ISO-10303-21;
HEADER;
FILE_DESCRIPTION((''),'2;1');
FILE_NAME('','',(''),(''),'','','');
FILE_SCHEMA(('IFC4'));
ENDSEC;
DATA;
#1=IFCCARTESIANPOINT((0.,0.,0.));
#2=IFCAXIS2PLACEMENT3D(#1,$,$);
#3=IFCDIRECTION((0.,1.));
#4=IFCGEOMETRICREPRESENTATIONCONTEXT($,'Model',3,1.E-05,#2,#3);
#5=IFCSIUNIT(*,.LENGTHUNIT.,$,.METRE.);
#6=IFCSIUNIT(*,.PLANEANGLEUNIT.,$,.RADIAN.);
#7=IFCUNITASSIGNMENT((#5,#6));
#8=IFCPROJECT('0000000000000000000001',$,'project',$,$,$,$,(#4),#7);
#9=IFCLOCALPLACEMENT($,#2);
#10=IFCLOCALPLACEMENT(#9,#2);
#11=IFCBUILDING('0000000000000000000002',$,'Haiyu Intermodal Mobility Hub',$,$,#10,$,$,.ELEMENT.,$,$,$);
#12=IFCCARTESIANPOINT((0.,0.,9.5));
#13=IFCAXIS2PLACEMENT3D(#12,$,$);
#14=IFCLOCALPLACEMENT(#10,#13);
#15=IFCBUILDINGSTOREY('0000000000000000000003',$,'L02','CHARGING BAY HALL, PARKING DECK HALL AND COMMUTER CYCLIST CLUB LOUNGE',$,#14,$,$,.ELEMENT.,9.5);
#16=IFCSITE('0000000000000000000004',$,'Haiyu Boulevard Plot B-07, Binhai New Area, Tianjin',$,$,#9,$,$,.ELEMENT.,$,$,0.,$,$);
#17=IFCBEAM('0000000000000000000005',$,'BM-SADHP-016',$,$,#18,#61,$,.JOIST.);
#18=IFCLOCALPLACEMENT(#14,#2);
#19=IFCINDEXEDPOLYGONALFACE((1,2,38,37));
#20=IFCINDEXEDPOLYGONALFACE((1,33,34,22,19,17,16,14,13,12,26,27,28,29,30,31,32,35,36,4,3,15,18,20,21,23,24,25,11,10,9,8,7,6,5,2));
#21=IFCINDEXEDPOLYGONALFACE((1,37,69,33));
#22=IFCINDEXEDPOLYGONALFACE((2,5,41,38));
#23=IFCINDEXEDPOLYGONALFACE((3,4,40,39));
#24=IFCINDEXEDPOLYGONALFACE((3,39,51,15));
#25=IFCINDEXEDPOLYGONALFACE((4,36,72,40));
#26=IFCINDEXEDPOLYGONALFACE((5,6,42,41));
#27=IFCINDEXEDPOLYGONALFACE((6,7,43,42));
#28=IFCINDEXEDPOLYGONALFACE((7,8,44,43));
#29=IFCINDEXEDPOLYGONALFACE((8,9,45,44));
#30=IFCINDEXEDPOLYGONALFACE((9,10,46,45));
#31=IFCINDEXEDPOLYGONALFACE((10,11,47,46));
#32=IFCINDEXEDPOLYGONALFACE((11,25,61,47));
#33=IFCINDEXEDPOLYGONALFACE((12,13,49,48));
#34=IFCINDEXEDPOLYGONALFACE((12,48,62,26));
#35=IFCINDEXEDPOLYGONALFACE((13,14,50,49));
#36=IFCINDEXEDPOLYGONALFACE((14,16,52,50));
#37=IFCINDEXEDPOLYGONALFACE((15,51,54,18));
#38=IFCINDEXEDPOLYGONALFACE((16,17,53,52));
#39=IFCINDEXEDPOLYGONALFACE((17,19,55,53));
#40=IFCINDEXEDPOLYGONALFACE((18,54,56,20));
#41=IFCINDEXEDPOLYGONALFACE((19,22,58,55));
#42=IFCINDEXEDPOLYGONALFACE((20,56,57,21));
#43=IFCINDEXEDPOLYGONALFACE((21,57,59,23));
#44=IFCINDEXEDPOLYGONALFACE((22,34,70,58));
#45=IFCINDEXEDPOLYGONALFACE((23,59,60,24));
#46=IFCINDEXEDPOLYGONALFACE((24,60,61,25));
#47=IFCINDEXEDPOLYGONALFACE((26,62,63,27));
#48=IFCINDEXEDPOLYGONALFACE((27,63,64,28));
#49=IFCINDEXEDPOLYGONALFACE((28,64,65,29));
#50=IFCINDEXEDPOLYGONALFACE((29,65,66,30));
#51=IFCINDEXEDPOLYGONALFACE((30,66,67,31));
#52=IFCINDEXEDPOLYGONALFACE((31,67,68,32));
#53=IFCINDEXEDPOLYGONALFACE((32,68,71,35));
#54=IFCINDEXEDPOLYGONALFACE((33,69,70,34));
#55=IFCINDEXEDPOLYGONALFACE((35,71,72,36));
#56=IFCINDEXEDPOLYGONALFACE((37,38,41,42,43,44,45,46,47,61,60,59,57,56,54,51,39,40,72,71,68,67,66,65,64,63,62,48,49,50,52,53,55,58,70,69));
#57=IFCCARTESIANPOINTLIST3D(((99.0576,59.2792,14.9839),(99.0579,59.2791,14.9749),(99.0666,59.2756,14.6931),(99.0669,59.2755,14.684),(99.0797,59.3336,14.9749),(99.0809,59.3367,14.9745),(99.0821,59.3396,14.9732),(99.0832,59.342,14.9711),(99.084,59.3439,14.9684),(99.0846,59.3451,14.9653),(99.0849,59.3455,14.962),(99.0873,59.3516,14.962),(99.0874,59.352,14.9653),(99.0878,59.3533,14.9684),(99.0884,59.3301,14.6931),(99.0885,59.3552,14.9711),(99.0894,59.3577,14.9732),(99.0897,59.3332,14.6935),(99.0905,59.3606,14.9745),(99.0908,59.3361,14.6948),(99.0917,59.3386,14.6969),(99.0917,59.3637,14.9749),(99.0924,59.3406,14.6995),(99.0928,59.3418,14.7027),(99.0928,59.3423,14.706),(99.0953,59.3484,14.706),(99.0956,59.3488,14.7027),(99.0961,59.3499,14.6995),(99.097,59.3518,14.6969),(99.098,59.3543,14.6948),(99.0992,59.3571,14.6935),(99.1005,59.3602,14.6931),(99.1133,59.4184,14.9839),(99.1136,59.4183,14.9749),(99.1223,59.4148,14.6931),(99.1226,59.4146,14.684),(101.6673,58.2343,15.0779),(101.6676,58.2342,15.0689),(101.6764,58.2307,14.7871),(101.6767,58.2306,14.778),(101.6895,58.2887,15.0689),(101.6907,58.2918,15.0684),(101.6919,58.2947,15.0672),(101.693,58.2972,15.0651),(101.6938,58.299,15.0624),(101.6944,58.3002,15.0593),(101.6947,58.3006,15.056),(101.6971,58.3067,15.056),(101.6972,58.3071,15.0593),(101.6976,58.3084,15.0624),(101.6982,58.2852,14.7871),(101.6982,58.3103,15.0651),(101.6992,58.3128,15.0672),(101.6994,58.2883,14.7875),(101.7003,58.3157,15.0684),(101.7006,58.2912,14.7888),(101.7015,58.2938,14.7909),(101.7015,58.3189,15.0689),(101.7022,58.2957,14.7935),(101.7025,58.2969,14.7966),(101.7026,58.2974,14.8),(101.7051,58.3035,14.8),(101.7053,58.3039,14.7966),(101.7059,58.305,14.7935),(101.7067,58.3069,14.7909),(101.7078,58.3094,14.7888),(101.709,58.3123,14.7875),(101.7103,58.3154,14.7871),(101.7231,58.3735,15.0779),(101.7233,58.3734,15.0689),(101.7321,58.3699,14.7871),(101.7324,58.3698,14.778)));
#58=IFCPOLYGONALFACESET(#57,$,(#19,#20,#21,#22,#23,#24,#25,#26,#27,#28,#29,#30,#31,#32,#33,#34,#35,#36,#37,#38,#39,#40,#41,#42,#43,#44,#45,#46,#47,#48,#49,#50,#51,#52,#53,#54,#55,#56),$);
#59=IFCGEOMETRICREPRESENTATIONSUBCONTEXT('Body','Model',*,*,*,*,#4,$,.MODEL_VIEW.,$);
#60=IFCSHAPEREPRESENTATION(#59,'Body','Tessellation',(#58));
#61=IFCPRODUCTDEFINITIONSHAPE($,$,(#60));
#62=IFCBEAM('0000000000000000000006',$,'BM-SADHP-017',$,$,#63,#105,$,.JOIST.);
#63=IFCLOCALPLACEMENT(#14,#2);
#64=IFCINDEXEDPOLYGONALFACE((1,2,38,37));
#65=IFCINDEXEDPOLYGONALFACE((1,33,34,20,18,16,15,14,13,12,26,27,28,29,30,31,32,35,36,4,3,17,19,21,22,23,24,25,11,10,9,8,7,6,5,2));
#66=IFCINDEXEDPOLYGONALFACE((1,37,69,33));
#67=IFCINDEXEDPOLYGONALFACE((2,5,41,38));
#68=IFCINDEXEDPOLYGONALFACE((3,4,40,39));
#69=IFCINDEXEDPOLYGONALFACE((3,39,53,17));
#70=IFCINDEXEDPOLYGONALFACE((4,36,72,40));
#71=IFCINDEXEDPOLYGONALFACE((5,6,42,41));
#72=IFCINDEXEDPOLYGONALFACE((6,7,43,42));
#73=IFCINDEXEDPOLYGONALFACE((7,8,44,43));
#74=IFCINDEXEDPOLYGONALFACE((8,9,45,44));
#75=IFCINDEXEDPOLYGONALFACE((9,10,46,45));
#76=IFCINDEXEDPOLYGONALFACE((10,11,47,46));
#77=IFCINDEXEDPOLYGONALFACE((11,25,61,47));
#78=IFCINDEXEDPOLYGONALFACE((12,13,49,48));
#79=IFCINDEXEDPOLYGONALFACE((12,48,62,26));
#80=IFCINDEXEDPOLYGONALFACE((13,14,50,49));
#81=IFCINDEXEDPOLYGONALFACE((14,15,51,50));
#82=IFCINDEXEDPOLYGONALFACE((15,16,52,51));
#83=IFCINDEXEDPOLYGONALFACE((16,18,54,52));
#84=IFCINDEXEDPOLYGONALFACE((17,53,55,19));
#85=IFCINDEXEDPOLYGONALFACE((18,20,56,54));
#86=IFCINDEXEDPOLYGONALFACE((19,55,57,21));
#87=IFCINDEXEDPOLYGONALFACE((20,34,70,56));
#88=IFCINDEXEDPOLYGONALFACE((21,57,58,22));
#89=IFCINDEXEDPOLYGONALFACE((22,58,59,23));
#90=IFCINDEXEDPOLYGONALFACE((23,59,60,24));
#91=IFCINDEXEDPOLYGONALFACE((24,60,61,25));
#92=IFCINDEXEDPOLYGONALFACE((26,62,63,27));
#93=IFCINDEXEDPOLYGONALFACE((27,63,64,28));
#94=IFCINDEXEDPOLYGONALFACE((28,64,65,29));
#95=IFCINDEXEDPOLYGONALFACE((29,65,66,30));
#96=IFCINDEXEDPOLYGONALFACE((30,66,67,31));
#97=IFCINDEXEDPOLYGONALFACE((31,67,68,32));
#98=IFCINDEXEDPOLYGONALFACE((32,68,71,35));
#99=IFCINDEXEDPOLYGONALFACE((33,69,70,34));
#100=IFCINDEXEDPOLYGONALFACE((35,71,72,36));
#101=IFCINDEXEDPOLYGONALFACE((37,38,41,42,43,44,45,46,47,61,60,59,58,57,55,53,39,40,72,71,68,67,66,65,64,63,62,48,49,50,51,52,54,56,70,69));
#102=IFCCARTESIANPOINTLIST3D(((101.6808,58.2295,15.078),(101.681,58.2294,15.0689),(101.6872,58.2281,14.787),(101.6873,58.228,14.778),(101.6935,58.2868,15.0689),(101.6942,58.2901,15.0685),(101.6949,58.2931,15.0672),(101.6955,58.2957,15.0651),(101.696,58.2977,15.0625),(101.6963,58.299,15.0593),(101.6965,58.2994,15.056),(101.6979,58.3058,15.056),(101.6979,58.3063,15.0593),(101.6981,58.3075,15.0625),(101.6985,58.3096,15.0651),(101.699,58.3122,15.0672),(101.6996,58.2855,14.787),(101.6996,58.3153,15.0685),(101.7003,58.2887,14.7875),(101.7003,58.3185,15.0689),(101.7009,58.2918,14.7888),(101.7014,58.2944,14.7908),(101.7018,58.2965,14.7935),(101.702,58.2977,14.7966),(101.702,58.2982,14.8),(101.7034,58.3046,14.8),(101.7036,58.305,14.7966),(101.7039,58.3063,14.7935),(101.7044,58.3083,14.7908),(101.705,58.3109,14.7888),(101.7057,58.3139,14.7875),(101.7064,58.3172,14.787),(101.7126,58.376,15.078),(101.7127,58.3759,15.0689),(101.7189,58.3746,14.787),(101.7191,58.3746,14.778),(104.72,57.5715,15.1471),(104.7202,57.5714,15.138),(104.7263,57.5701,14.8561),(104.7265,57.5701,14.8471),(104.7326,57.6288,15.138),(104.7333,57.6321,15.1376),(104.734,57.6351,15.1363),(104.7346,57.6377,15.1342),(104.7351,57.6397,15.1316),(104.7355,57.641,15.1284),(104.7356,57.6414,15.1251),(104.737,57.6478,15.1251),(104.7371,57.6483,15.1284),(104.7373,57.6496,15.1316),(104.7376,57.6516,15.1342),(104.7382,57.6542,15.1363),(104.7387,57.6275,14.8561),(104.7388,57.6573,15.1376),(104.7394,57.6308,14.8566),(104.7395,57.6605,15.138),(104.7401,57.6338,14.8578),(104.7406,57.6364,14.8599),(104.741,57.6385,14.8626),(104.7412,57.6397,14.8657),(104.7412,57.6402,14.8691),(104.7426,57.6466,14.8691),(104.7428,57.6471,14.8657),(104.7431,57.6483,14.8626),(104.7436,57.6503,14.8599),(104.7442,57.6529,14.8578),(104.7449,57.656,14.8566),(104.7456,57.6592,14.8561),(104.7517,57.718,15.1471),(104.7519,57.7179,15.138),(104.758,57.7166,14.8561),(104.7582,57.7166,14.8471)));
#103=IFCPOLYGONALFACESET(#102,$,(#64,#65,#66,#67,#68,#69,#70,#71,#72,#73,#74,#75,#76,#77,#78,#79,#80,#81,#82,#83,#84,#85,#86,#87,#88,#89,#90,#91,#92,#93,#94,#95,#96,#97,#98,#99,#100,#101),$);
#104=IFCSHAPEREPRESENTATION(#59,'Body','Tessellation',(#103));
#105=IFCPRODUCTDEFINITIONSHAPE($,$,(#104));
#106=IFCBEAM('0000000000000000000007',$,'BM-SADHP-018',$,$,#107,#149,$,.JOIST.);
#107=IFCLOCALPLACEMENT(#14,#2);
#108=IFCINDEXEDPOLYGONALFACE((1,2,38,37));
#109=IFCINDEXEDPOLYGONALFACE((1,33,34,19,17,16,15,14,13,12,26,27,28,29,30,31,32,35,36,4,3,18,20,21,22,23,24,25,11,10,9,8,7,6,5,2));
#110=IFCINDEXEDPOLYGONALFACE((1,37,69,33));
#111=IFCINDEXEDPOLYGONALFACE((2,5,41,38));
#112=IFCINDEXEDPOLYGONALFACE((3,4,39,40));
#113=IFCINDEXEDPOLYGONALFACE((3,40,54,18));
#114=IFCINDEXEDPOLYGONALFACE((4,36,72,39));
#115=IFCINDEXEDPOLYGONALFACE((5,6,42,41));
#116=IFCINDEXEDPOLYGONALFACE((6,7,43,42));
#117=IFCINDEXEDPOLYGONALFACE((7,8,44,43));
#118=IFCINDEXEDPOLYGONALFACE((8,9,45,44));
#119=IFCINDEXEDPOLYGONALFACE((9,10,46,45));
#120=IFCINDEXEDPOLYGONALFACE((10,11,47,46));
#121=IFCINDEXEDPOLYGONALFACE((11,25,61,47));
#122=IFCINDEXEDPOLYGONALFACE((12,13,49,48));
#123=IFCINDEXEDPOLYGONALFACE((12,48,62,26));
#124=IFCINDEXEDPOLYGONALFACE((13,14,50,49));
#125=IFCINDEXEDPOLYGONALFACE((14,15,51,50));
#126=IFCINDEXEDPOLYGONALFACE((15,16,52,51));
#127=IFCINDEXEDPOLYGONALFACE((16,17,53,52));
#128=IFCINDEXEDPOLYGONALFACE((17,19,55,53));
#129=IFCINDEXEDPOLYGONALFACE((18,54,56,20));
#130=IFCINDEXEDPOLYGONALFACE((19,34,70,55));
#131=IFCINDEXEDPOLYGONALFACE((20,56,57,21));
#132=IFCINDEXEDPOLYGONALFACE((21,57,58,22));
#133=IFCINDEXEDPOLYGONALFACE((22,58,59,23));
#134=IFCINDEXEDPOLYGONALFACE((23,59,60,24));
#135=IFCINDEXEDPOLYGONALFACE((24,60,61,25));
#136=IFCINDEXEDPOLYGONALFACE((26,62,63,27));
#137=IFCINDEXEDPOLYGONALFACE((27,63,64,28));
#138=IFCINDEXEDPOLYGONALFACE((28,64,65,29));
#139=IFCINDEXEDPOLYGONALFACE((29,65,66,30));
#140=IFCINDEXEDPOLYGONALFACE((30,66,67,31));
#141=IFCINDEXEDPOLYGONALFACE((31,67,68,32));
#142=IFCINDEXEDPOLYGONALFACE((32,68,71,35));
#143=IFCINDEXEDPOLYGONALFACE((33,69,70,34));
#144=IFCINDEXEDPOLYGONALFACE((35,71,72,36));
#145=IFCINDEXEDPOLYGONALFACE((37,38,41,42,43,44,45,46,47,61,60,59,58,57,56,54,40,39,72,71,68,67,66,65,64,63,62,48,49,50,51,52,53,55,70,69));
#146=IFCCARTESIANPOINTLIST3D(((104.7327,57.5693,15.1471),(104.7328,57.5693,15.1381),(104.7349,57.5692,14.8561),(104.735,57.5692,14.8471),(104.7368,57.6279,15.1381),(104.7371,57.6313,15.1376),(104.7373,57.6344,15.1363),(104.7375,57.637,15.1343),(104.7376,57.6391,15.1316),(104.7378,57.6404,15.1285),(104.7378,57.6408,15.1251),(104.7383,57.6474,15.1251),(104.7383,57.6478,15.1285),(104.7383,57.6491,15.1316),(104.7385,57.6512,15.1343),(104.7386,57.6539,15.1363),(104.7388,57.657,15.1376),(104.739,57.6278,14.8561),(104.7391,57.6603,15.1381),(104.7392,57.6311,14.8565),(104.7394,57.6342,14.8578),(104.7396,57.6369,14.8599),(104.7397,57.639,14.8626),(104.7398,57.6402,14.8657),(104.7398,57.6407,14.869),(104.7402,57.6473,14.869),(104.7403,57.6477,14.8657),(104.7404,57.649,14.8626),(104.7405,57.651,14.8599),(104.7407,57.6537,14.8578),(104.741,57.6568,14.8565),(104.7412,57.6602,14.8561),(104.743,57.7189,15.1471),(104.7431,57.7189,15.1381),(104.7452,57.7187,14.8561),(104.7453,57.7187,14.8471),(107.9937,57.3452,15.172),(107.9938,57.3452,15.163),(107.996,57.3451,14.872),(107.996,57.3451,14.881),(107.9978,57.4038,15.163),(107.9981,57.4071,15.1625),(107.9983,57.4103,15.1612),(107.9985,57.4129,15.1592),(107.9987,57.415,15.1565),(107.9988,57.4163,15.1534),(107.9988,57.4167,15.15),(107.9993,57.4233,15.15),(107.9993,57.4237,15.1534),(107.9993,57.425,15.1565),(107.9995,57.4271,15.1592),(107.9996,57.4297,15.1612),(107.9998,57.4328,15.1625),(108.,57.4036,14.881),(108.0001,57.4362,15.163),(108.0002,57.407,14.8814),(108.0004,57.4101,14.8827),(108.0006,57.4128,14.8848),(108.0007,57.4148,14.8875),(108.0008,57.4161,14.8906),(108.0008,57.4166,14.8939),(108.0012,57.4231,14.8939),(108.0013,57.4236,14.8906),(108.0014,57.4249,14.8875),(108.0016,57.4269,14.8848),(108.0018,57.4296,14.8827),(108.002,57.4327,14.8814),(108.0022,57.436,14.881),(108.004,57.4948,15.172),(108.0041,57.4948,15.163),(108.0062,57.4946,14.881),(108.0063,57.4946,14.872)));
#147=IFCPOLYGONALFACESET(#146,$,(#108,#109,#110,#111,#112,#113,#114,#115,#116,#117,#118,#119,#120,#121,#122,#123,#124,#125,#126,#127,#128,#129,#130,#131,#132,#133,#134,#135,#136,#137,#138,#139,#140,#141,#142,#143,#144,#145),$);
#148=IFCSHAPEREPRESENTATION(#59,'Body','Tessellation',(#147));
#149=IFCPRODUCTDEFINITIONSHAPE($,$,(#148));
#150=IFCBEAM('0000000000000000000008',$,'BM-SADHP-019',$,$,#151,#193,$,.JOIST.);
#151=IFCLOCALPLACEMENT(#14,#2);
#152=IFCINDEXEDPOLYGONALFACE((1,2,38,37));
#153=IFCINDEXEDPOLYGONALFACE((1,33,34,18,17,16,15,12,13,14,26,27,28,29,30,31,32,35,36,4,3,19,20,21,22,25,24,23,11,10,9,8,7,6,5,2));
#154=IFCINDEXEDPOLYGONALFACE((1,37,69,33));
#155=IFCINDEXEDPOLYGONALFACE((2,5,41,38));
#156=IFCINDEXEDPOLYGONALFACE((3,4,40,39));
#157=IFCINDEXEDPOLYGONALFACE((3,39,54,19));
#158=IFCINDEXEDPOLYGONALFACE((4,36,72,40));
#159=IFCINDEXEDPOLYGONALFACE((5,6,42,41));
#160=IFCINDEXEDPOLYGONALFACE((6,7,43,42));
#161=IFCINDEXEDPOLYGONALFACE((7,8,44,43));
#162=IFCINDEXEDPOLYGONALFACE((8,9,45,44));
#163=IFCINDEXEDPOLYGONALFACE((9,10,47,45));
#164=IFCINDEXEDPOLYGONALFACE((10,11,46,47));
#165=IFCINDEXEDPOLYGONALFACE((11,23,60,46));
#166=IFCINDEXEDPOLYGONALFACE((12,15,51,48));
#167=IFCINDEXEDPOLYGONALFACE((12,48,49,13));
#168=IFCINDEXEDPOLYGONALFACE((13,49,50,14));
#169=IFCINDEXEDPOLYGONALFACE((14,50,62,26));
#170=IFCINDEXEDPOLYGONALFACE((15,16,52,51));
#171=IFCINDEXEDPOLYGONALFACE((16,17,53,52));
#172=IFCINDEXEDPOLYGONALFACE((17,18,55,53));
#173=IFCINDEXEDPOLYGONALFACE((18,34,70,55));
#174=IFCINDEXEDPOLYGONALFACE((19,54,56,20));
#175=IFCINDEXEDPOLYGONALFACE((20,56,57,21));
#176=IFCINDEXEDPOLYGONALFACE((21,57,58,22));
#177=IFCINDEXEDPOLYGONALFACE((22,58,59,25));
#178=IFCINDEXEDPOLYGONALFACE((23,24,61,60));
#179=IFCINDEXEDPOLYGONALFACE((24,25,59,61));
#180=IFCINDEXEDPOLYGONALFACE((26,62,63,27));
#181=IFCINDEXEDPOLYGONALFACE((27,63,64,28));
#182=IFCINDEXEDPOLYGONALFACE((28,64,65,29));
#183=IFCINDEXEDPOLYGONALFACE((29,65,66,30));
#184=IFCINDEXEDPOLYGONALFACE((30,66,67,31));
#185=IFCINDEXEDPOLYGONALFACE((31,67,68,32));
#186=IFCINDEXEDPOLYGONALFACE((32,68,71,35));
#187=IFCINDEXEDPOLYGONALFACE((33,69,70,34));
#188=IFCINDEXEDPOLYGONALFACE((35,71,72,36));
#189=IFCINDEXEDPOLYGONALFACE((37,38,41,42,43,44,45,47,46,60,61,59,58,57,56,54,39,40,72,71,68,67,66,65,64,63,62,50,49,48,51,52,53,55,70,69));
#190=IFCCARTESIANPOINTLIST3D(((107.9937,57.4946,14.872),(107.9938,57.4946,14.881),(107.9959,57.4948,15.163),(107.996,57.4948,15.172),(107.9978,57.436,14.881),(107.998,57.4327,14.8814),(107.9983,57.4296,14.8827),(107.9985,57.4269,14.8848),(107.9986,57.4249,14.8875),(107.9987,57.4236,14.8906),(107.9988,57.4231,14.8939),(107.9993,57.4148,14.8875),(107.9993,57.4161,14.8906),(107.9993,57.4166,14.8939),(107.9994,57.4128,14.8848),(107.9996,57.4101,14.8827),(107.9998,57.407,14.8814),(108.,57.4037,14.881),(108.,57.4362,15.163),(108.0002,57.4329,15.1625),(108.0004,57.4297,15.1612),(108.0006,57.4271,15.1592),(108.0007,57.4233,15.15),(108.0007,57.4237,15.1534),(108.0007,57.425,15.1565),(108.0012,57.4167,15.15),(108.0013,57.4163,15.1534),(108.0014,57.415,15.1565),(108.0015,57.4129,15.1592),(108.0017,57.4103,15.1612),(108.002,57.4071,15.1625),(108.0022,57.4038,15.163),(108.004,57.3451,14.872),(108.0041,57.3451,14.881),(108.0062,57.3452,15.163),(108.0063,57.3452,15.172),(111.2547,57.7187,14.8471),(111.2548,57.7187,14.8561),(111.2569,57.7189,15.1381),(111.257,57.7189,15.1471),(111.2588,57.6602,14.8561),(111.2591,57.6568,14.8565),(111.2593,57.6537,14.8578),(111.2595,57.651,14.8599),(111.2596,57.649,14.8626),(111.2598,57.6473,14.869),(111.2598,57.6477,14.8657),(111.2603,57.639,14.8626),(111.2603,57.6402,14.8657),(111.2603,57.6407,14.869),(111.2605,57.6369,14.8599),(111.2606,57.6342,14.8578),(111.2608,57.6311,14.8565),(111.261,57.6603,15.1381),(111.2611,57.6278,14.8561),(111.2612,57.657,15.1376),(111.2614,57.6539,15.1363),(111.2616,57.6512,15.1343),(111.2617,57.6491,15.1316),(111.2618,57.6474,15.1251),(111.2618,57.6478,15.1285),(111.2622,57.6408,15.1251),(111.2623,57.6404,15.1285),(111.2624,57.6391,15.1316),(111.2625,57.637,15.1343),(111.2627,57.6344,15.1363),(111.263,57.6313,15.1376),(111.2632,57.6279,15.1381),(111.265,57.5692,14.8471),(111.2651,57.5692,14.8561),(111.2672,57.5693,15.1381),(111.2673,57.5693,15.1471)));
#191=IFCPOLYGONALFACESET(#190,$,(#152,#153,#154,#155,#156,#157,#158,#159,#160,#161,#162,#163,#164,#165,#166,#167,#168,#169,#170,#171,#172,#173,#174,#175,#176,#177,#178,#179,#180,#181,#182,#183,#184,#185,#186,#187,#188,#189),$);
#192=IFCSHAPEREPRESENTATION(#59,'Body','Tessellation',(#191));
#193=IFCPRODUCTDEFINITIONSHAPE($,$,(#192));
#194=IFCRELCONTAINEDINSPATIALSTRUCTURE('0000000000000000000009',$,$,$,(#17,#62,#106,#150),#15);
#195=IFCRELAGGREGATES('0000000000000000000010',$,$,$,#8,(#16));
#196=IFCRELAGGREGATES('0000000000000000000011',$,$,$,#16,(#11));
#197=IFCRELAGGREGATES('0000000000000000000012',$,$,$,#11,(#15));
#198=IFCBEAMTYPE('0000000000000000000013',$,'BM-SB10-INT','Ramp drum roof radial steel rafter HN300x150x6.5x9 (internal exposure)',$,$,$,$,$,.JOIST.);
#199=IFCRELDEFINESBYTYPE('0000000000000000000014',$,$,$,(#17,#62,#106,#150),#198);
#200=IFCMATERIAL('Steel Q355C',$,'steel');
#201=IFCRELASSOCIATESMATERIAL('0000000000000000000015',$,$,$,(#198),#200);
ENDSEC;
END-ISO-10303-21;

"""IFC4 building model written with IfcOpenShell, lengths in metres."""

from ifc_helpers import new_model, si_unit, direction, frame, origin, origin_2d, place, context, subcontext, project, spatial, i_section, extrude, material, material_profile, profile_set, type_object, element, save


model = new_model("IFC4")

# Units and contexts
model_context = context("Model", 3, precision=1e-05, world=origin(), true_north=direction((0.0, 1.0)))
body_context = subcontext(model_context, "Body", "Model", "MODEL_VIEW")
ifc_project = project(units=[si_unit("LENGTHUNIT", "METRE"), si_unit("PLANEANGLEUNIT", "RADIAN")], contexts=[model_context])

# Site, building, storey
site_placement = place(None, origin())
site = spatial("IfcSite", under=ifc_project, at=site_placement, Name="Haiyu Boulevard Plot B-07, Binhai New Area, Tianjin", CompositionType="ELEMENT", RefElevation=0.0)
building_placement = place(site_placement, origin())
building = spatial("IfcBuilding", under=site, at=building_placement, Name="Haiyu Intermodal Mobility Hub", CompositionType="ELEMENT")
storey_placement = place(building_placement, frame((0.0, 0.0, 9.5)))
storey = spatial("IfcBuildingStorey", under=building, at=storey_placement, Name="L02", Description="CHARGING BAY HALL, PARKING DECK HALL AND COMMUTER CYCLIST CLUB LOUNGE", CompositionType="ELEMENT", Elevation=9.5)

# Shared definitions
ifc_material_1 = material(Name="Steel Q355C", Category="steel")

# Beams
ifc_material_profile_1 = material_profile(ifc_material_1, i_section(OverallWidth=0.1499, OverallDepth=0.3, WebThickness=0.0066, FlangeThickness=0.009, FilletRadius=0.0129, at=origin_2d()), Name="HN300x150x6.5x9")
ifc_profile_set_1 = profile_set([ifc_material_profile_1], Name="Steel Q355C")
beam_type_1 = type_object("IfcBeamType", Name="BM-SB10-INT", Description="Ramp drum roof radial steel rafter HN300x150x6.5x9 (internal exposure)", PredefinedType="JOIST", material=ifc_profile_set_1)
beam_1_placement = place(storey_placement, frame((99.0901, 59.3469, 14.834), z_axis=(0.927838, -0.371483, 0.033416), x_axis=(0.37169, 0.928357, 0.0)))
element("IfcBeam", 1, at=beam_1_placement, inside=storey, type_object=beam_type_1, Name="BM-SADHP-016", PredefinedType="JOIST", context=body_context, shape_type="SweptSolid", body=[
    extrude(i_section(OverallWidth=0.1499, OverallDepth=0.3, WebThickness=0.0066, FlangeThickness=0.009, FilletRadius=0.0129, at=origin_2d()), origin(), (0.0, 0.0, 1.0), 2.8127),
])
beam_2_placement = place(storey_placement, frame((101.7, 58.302, 14.928), z_axis=(0.977116, -0.211546, 0.022214), x_axis=(0.211598, 0.977357, 0.0)))
element("IfcBeam", 2, at=beam_2_placement, inside=storey, type_object=beam_type_1, Name="BM-SADHP-017", PredefinedType="JOIST", context=body_context, shape_type="SweptSolid", body=[
    extrude(i_section(OverallWidth=0.1499, OverallDepth=0.3, WebThickness=0.0066, FlangeThickness=0.009, FilletRadius=0.0129, at=origin_2d()), origin(), (0.0, 0.0, 1.0), 3.1104),
])
for number, where, z_axis, x_axis, name in (
    (3, (104.739, 57.644, 14.9971), (0.997618, -0.068564, 0.007618), (0.068566, 0.997647, 0.0), "BM-SADHP-018"),
    (4, (108.0, 57.4199, 15.022), (0.997618, 0.068564, -0.007618), (-0.068566, 0.997647, 0.0), "BM-SADHP-019"),
):
    element("IfcBeam", number, at=place(storey_placement, frame(where, z_axis=z_axis, x_axis=x_axis)), inside=storey, type_object=beam_type_1, Name=name, PredefinedType="JOIST", context=body_context, shape_type="SweptSolid", body=[
        extrude(i_section(OverallWidth=0.1499, OverallDepth=0.3, WebThickness=0.0066, FlangeThickness=0.009, FilletRadius=0.0129, at=origin_2d()), origin(), (0.0, 0.0, 1.0), 3.2688),
    ])

save(model, "model.ifc")
